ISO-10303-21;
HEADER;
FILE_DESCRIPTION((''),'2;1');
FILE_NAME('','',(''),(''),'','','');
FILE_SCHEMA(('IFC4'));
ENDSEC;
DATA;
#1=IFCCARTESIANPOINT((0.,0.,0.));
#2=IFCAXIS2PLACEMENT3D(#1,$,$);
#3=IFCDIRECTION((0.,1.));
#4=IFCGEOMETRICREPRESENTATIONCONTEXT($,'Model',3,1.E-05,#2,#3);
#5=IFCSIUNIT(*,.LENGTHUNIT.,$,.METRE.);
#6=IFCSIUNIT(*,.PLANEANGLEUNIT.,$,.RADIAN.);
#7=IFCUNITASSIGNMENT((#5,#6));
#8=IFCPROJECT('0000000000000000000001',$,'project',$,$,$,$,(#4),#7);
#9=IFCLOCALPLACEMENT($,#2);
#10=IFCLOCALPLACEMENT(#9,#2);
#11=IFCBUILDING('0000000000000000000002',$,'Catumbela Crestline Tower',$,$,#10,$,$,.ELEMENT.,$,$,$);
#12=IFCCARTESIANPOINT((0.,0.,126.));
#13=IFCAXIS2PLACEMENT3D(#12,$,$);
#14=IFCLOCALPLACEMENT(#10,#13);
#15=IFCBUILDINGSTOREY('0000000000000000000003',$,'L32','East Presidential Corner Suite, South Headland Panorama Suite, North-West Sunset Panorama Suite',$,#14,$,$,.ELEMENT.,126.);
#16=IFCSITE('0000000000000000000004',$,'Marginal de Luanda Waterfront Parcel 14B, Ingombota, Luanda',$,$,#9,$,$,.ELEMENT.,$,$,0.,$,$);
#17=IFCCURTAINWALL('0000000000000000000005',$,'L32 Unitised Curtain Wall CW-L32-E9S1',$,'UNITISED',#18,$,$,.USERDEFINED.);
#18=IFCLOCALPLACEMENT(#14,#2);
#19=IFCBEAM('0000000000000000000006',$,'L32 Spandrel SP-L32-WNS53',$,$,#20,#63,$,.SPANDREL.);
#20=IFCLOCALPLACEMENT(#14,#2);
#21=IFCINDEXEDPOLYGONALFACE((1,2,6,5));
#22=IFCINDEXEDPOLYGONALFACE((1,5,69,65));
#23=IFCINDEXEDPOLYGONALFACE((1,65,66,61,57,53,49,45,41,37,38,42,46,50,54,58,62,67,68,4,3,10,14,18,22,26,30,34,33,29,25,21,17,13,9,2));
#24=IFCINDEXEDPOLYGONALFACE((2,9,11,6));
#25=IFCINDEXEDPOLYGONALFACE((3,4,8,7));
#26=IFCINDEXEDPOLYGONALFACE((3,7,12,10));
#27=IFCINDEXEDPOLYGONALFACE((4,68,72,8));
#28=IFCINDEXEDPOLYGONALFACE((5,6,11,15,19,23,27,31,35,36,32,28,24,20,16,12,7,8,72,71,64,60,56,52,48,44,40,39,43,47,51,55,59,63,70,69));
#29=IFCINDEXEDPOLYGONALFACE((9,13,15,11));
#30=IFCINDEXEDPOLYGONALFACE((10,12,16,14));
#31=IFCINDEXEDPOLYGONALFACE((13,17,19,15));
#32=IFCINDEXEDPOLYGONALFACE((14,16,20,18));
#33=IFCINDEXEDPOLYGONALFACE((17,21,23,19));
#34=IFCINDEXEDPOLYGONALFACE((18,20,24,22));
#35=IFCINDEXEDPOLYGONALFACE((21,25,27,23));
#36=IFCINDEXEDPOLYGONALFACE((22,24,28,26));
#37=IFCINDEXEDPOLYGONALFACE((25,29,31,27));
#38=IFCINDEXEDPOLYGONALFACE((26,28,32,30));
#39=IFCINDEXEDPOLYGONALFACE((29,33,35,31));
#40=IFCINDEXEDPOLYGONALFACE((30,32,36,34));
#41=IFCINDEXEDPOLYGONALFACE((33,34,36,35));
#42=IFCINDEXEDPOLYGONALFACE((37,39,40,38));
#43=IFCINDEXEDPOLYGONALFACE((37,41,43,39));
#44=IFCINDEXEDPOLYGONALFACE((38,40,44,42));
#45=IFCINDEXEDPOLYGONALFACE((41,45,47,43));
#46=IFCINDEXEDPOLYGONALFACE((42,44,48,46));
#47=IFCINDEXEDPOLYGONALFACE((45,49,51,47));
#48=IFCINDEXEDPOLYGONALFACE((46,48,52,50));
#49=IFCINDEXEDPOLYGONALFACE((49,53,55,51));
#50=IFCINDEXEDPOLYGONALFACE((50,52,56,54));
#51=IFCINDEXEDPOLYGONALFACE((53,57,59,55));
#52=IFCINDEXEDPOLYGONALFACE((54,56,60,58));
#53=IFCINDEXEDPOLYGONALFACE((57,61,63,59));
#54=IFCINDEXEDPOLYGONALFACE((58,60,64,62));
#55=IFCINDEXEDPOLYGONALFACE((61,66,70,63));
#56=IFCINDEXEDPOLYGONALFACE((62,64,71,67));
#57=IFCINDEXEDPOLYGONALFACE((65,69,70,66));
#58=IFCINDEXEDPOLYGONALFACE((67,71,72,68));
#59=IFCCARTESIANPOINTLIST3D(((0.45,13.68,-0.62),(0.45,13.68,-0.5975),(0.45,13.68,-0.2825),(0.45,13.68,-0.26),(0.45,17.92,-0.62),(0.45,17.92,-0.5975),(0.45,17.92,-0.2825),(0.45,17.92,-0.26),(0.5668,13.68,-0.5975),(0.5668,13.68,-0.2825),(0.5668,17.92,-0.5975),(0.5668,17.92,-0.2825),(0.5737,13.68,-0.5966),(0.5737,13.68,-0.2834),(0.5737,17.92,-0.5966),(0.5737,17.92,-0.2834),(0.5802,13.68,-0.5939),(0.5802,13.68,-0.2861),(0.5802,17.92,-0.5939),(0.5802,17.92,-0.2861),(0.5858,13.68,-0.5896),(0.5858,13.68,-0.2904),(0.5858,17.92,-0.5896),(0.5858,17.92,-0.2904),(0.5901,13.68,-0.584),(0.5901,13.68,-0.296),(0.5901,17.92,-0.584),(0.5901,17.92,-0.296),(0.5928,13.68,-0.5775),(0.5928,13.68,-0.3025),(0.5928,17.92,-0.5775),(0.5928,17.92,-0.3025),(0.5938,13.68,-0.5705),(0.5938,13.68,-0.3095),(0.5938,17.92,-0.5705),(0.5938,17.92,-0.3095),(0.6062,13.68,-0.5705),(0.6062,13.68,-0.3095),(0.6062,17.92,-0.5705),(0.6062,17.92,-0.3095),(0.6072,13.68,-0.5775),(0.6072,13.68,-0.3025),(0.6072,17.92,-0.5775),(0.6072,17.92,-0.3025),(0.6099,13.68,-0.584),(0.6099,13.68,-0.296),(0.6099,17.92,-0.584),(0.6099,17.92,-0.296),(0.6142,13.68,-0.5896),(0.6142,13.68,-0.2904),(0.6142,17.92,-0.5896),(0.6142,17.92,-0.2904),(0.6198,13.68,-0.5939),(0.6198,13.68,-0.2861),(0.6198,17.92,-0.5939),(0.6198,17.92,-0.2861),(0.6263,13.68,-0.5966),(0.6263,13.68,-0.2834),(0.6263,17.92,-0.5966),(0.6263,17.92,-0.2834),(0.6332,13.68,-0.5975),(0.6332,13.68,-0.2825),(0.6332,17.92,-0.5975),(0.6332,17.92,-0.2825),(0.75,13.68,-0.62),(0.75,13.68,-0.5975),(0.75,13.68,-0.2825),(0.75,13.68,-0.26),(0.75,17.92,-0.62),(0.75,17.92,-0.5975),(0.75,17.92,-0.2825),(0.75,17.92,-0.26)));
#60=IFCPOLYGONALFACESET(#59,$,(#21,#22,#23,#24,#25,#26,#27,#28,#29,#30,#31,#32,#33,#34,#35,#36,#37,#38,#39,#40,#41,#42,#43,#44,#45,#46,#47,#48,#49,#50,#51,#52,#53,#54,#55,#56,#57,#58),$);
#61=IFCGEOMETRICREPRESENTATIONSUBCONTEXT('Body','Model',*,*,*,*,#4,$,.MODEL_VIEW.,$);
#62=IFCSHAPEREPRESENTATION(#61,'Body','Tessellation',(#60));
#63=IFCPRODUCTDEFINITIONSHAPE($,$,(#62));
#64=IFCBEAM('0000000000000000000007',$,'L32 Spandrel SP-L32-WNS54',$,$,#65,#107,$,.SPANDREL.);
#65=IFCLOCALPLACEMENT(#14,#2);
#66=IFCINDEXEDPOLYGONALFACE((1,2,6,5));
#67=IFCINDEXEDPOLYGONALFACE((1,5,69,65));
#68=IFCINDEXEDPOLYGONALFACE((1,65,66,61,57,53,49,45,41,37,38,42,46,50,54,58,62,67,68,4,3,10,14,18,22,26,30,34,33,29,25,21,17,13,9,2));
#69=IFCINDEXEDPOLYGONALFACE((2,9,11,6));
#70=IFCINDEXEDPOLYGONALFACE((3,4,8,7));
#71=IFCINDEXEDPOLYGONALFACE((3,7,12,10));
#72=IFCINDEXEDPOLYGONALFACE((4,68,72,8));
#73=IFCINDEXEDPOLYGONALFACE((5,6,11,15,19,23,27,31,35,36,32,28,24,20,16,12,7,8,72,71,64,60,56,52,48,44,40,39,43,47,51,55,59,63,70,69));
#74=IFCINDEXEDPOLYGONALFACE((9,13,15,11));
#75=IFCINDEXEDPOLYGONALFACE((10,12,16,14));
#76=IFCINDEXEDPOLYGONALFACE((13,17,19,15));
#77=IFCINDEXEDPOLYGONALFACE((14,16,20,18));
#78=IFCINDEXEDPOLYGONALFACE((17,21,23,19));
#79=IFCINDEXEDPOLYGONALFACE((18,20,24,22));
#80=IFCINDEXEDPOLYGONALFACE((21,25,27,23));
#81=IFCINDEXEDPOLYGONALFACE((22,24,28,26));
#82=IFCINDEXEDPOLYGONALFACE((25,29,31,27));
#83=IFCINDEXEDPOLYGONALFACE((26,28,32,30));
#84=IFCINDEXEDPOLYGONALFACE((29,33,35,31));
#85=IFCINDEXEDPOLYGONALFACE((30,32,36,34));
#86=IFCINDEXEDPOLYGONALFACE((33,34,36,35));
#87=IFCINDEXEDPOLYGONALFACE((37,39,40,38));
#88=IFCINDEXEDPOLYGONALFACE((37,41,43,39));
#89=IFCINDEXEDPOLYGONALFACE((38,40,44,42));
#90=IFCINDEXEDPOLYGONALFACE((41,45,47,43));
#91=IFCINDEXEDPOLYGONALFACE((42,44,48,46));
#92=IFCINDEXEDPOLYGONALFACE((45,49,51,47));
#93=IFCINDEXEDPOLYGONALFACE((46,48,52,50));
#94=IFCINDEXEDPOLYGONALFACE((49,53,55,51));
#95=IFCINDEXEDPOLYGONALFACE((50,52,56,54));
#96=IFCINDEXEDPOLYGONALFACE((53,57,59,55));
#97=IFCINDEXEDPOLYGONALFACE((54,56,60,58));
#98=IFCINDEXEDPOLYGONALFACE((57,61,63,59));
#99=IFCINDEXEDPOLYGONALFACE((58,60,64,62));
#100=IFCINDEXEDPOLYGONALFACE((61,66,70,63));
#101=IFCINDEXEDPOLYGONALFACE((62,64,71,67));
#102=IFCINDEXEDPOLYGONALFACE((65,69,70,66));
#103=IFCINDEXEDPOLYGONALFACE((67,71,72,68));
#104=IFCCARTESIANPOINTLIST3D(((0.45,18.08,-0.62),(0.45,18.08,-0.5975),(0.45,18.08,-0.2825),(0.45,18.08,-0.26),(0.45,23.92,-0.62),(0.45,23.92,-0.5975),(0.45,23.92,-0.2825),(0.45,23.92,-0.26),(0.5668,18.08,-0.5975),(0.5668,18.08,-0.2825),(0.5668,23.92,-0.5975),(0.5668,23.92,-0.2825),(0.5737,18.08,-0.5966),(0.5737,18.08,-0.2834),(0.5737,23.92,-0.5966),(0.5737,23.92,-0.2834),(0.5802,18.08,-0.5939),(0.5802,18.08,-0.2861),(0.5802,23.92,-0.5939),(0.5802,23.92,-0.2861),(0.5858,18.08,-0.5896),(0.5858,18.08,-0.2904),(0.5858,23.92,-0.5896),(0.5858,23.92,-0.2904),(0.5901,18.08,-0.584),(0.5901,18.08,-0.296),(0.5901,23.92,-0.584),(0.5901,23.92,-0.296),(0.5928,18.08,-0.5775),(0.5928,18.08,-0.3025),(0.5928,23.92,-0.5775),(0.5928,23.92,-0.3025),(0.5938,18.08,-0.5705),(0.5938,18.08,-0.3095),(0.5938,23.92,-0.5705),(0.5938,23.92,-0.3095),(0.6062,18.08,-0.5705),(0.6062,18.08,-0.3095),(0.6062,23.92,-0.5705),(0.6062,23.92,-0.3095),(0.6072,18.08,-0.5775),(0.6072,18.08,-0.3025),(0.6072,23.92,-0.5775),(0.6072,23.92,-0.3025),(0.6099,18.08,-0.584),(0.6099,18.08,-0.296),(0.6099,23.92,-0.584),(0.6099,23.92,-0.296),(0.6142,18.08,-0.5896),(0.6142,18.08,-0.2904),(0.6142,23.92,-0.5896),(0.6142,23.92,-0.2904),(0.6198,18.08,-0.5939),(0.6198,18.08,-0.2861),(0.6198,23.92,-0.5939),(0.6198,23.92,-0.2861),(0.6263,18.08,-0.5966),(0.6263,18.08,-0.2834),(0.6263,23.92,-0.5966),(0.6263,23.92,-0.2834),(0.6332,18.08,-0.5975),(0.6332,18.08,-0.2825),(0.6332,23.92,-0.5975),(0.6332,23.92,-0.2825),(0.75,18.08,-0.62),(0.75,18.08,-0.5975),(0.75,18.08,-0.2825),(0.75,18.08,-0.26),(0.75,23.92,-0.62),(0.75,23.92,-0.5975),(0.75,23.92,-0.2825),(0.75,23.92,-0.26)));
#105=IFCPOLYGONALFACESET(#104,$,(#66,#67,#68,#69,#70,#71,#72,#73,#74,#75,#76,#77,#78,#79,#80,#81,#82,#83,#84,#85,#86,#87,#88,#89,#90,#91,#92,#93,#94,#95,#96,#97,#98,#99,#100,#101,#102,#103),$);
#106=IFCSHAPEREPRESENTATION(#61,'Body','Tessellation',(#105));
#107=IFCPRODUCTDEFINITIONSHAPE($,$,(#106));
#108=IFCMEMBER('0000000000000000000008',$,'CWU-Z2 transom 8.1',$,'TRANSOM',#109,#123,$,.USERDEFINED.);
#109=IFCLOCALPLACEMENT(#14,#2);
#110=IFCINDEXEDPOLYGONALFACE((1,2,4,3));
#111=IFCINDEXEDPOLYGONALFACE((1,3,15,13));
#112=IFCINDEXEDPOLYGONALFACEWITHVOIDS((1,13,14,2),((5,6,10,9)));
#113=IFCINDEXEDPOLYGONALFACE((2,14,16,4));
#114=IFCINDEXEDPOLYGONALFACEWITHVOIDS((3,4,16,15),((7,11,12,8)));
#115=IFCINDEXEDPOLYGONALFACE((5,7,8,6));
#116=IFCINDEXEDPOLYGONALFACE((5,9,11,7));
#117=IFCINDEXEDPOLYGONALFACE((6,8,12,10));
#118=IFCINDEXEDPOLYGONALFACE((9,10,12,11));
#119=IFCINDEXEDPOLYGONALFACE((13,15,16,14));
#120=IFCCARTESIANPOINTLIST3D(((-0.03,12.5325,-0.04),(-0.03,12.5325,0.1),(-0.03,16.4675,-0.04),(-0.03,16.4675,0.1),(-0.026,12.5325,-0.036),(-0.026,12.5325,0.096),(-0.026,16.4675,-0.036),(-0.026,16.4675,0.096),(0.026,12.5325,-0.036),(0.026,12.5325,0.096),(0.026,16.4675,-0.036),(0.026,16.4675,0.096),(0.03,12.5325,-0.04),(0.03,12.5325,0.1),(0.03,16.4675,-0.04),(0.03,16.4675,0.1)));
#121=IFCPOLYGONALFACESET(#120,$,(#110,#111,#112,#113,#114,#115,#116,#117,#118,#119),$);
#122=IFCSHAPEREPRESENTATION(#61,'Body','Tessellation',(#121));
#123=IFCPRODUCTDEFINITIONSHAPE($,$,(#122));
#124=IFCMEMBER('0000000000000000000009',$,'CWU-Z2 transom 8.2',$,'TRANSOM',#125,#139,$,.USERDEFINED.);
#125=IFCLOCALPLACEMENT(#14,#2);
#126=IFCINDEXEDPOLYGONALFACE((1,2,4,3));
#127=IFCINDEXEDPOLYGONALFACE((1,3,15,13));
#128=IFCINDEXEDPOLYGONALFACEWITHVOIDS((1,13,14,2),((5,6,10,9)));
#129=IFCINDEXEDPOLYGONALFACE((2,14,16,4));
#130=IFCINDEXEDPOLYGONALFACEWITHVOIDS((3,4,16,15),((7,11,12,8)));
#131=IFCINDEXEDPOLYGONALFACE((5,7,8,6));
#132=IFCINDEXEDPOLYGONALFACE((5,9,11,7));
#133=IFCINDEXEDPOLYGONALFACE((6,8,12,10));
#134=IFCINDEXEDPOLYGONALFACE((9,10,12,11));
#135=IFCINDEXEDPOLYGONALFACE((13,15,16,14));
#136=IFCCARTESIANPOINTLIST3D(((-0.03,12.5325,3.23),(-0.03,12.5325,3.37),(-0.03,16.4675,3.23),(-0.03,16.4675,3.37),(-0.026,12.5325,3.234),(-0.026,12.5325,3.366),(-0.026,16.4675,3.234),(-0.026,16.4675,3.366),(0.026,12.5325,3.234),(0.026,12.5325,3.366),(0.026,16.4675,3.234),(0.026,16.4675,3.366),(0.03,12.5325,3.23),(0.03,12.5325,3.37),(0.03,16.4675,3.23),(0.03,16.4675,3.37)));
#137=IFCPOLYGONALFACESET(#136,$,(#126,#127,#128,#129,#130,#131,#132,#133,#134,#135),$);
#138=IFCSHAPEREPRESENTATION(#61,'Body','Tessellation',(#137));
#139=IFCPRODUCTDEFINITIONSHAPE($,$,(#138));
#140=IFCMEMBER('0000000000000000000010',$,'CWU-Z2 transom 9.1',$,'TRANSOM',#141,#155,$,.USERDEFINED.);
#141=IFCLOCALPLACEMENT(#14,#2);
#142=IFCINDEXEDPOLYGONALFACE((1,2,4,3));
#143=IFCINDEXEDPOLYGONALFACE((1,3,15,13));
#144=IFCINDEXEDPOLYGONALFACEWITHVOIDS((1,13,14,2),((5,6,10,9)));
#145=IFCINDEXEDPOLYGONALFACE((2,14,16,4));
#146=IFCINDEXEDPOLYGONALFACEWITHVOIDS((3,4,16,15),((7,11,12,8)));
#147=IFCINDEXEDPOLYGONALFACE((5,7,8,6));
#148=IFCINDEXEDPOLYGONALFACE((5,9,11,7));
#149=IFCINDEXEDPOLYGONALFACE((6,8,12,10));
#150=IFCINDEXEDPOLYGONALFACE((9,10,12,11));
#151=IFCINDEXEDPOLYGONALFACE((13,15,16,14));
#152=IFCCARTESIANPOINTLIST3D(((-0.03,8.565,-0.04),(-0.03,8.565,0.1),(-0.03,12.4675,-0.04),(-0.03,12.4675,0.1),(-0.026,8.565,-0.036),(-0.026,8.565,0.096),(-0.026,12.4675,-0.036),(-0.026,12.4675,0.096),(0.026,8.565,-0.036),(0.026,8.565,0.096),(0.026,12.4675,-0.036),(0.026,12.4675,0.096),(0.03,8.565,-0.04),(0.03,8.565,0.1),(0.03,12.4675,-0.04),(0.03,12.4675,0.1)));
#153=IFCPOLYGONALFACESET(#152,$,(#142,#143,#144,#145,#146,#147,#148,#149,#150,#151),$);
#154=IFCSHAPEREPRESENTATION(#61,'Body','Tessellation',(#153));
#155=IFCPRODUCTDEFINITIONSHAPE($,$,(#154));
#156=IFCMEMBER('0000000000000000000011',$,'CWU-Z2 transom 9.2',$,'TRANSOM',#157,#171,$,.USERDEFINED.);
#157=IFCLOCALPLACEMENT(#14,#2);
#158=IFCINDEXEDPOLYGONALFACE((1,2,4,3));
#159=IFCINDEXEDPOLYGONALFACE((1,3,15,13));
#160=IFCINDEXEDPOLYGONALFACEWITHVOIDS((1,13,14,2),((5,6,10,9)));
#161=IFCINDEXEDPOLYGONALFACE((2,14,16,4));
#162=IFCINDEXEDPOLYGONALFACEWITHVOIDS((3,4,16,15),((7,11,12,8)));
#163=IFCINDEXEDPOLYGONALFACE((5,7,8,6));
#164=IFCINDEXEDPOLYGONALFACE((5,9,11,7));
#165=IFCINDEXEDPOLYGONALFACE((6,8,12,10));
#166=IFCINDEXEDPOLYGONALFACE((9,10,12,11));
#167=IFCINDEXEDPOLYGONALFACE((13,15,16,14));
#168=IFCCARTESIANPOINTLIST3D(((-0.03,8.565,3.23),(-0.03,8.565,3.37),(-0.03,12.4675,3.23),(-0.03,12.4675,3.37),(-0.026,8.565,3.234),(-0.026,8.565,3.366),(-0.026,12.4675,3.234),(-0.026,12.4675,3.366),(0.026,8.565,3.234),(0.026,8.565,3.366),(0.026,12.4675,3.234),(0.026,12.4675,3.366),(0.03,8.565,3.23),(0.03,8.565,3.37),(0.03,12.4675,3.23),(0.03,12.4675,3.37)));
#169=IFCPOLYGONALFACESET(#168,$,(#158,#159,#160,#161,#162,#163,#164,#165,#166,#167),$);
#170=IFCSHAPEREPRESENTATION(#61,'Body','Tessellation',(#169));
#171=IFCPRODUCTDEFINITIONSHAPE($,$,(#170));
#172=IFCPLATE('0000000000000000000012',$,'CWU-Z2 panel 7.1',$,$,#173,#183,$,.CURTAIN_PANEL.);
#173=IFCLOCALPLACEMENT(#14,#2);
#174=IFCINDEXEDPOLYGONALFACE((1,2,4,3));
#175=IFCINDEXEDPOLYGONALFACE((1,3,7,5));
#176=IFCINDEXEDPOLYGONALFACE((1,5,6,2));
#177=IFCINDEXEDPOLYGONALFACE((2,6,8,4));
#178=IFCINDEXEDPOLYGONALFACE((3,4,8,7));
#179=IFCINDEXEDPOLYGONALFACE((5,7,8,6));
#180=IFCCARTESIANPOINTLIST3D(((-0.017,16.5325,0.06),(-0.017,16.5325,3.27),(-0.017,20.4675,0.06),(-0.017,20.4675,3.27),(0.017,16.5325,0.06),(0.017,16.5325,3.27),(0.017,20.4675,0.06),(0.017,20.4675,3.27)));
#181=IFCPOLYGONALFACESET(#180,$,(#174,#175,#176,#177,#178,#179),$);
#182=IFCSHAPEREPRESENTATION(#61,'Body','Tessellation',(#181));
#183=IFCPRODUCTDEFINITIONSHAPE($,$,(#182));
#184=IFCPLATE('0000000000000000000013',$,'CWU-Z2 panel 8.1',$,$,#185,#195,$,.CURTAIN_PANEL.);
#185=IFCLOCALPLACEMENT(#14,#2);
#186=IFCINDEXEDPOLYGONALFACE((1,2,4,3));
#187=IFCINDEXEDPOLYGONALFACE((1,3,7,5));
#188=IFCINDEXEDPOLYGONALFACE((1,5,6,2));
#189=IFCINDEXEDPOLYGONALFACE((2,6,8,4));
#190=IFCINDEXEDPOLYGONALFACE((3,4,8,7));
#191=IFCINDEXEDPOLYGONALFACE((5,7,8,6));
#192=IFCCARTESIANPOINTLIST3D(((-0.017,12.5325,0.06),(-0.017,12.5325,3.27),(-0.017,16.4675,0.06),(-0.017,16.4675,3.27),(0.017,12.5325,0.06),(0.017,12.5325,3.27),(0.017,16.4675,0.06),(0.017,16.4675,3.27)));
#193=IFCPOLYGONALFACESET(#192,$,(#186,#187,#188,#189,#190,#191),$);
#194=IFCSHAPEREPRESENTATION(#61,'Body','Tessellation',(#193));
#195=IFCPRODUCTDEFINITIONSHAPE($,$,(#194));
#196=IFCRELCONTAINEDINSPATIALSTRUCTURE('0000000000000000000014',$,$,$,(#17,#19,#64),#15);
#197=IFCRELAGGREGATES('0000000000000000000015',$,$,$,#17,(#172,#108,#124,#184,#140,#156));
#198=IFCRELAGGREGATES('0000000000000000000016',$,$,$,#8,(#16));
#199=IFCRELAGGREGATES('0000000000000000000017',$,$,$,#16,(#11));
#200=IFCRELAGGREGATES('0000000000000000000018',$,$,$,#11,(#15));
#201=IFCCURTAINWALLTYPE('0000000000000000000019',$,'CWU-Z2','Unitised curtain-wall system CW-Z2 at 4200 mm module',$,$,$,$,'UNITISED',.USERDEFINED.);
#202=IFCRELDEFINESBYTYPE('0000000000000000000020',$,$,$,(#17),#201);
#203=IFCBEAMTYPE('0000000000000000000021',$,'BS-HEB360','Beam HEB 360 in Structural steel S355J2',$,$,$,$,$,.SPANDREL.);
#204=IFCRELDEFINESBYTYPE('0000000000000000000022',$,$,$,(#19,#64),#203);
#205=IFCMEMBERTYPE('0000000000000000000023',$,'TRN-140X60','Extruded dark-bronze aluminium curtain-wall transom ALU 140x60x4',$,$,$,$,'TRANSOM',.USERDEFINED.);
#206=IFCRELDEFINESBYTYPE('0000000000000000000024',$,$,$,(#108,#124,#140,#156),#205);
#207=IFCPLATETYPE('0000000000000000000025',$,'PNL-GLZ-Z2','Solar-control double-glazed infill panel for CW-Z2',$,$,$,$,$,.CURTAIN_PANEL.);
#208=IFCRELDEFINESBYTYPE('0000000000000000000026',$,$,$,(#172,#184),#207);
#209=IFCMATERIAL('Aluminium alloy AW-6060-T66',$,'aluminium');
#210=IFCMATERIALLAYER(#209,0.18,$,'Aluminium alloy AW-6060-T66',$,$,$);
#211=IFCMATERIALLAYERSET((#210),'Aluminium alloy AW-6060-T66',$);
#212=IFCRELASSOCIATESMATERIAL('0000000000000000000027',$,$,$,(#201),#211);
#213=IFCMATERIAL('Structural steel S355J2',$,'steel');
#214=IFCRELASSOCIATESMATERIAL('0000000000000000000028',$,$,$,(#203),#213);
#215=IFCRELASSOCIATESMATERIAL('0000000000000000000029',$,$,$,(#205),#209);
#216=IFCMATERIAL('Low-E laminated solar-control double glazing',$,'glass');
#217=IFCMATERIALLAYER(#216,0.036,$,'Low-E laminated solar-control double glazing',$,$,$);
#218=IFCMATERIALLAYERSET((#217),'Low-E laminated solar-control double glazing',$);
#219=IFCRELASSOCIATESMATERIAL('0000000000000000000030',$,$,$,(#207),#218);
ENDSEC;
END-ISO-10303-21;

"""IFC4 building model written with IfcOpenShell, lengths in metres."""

from ifc_helpers import new_model, si_unit, direction, frame, origin, origin_2d, place, context, subcontext, project, spatial, rectangle, hollow_rectangle, i_section, extrude, material, layer, layer_set, material_profile, profile_set, type_object, element, aggregate, save


model = new_model("IFC4")

# Units and contexts
model_context = context("Model", 3, precision=1e-05, world=origin(), true_north=direction((0.0, 1.0)))
body_context = subcontext(model_context, "Body", "Model", "MODEL_VIEW")
ifc_project = project(units=[si_unit("LENGTHUNIT", "METRE"), si_unit("PLANEANGLEUNIT", "RADIAN")], contexts=[model_context])

# Site, building, storey
site_placement = place(None, origin())
site = spatial("IfcSite", under=ifc_project, at=site_placement, Name="Marginal de Luanda Waterfront Parcel 14B, Ingombota, Luanda", CompositionType="ELEMENT", RefElevation=0.0)
building_placement = place(site_placement, origin())
building = spatial("IfcBuilding", under=site, at=building_placement, Name="Catumbela Crestline Tower", CompositionType="ELEMENT")
storey_placement = place(building_placement, frame((0.0, 0.0, 126.0)))
storey = spatial("IfcBuildingStorey", under=building, at=storey_placement, Name="L32", Description="East Presidential Corner Suite, South Headland Panorama Suite, North-West Sunset Panorama Suite", CompositionType="ELEMENT", Elevation=126.0)

# Shared definitions
ifc_material_1 = material(Name="Structural steel S355J2", Category="steel")

# Curtain wall
ifc_material_2 = material(Name="Aluminium alloy AW-6060-T66", Category="aluminium")
ifc_layer_1 = layer(ifc_material_2, 0.18, Name="Aluminium alloy AW-6060-T66")
ifc_layer_set_1 = layer_set([ifc_layer_1], Name="Aluminium alloy AW-6060-T66")
curtain_wall_type = type_object("IfcCurtainWallType", Name="CWU-Z2", Description="Unitised curtain-wall system CW-Z2 at 4200 mm module", ElementType="UNITISED", PredefinedType="USERDEFINED", material=ifc_layer_set_1)
curtain_wall_placement = place(storey_placement, origin())
curtain_wall = element("IfcCurtainWall", 1, at=curtain_wall_placement, inside=storey, type_object=curtain_wall_type, Name="L32 Unitised Curtain Wall CW-L32-E9S1", ObjectType="UNITISED", PredefinedType="USERDEFINED")

# Beams
ifc_material_profile_1 = material_profile(ifc_material_1, i_section(OverallWidth=0.3, OverallDepth=0.36, WebThickness=0.0125, FlangeThickness=0.0225, FilletRadius=0.027, at=origin_2d()), Name="HEB 360")
ifc_profile_set_1 = profile_set([ifc_material_profile_1], Name="Structural steel S355J2")
beam_type_1 = type_object("IfcBeamType", Name="BS-HEB360", Description="Beam HEB 360 in Structural steel S355J2", PredefinedType="SPANDREL", material=ifc_profile_set_1)
beam_1_placement = place(storey_placement, frame((0.6, 13.68, -0.44), z_axis=(0.0, 1.0, 0.0), x_axis=(-1.0, 0.0, 0.0)))
element("IfcBeam", 2, at=beam_1_placement, inside=storey, type_object=beam_type_1, Name="L32 Spandrel SP-L32-WNS53", PredefinedType="SPANDREL", context=body_context, shape_type="SweptSolid", body=[
    extrude(i_section(OverallWidth=0.3, OverallDepth=0.36, WebThickness=0.0125, FlangeThickness=0.0225, FilletRadius=0.027, at=origin_2d()), origin(), (0.0, 0.0, 1.0), 4.24),
])
beam_2_placement = place(storey_placement, frame((0.6, 18.08, -0.44), z_axis=(0.0, 1.0, 0.0), x_axis=(-1.0, 0.0, 0.0)))
element("IfcBeam", 3, at=beam_2_placement, inside=storey, type_object=beam_type_1, Name="L32 Spandrel SP-L32-WNS54", PredefinedType="SPANDREL", context=body_context, shape_type="SweptSolid", body=[
    extrude(i_section(OverallWidth=0.3, OverallDepth=0.36, WebThickness=0.0125, FlangeThickness=0.0225, FilletRadius=0.027, at=origin_2d()), origin(), (0.0, 0.0, 1.0), 5.84),
])

# Members
ifc_material_profile_2 = material_profile(ifc_material_2, hollow_rectangle(XDim=0.06, YDim=0.14, WallThickness=0.004, at=origin_2d()), Name="ALU 140x60x4")
ifc_profile_set_2 = profile_set([ifc_material_profile_2], Name="Aluminium alloy AW-6060-T66")
member_type_1 = type_object("IfcMemberType", Name="TRN-140X60", Description="Extruded dark-bronze aluminium curtain-wall transom ALU 140x60x4", ElementType="TRANSOM", PredefinedType="USERDEFINED", material=ifc_profile_set_2)
member_1_placement = place(storey_placement, frame((0.0, 16.4675, 0.03), z_axis=(0.0, -1.0, 0.0), x_axis=(1.0, 0.0, 0.0)))
member_1 = element("IfcMember", 4, at=member_1_placement, type_object=member_type_1, Name="CWU-Z2 transom 8.1", ObjectType="TRANSOM", PredefinedType="USERDEFINED", context=body_context, shape_type="SweptSolid", body=[
    extrude(hollow_rectangle(XDim=0.06, YDim=0.14, WallThickness=0.004, at=origin_2d()), origin(), (0.0, 0.0, 1.0), 3.935),
])
member_2_placement = place(storey_placement, frame((0.0, 16.4675, 3.3), z_axis=(0.0, -1.0, 0.0), x_axis=(1.0, 0.0, 0.0)))
member_2 = element("IfcMember", 5, at=member_2_placement, type_object=member_type_1, Name="CWU-Z2 transom 8.2", ObjectType="TRANSOM", PredefinedType="USERDEFINED", context=body_context, shape_type="SweptSolid", body=[
    extrude(hollow_rectangle(XDim=0.06, YDim=0.14, WallThickness=0.004, at=origin_2d()), origin(), (0.0, 0.0, 1.0), 3.935),
])
member_3_placement = place(storey_placement, frame((0.0, 12.4675, 0.03), z_axis=(0.0, -1.0, 0.0), x_axis=(1.0, 0.0, 0.0)))
member_3 = element("IfcMember", 6, at=member_3_placement, type_object=member_type_1, Name="CWU-Z2 transom 9.1", ObjectType="TRANSOM", PredefinedType="USERDEFINED", context=body_context, shape_type="SweptSolid", body=[
    extrude(hollow_rectangle(XDim=0.06, YDim=0.14, WallThickness=0.004, at=origin_2d()), origin(), (0.0, 0.0, 1.0), 3.9025),
])
member_4_placement = place(storey_placement, frame((0.0, 12.4675, 3.3), z_axis=(0.0, -1.0, 0.0), x_axis=(1.0, 0.0, 0.0)))
member_4 = element("IfcMember", 7, at=member_4_placement, type_object=member_type_1, Name="CWU-Z2 transom 9.2", ObjectType="TRANSOM", PredefinedType="USERDEFINED", context=body_context, shape_type="SweptSolid", body=[
    extrude(hollow_rectangle(XDim=0.06, YDim=0.14, WallThickness=0.004, at=origin_2d()), origin(), (0.0, 0.0, 1.0), 3.9025),
])

# Plates
ifc_material_3 = material(Name="Low-E laminated solar-control double glazing", Category="glass")
ifc_layer_2 = layer(ifc_material_3, 0.036, Name="Low-E laminated solar-control double glazing")
ifc_layer_set_2 = layer_set([ifc_layer_2], Name="Low-E laminated solar-control double glazing")
plate_type = type_object("IfcPlateType", Name="PNL-GLZ-Z2", Description="Solar-control double-glazed infill panel for CW-Z2", PredefinedType="CURTAIN_PANEL", material=ifc_layer_set_2)
plate_1_placement = place(storey_placement, frame((0.0, 18.5, 0.06), z_axis=(0.0, 0.0, 1.0), x_axis=(0.0, -1.0, 0.0)))
plate_1 = element("IfcPlate", 8, at=plate_1_placement, type_object=plate_type, Name="CWU-Z2 panel 7.1", PredefinedType="CURTAIN_PANEL", context=body_context, shape_type="SweptSolid", body=[
    extrude(rectangle(XDim=3.935, YDim=0.034, at=origin_2d()), origin(), (0.0, 0.0, 1.0), 3.21),
])
plate_2_placement = place(storey_placement, frame((0.0, 14.5, 0.06), z_axis=(0.0, 0.0, 1.0), x_axis=(0.0, -1.0, 0.0)))
plate_2 = element("IfcPlate", 9, at=plate_2_placement, type_object=plate_type, Name="CWU-Z2 panel 8.1", PredefinedType="CURTAIN_PANEL", context=body_context, shape_type="SweptSolid", body=[
    extrude(rectangle(XDim=3.935, YDim=0.034, at=origin_2d()), origin(), (0.0, 0.0, 1.0), 3.21),
])
aggregate(curtain_wall, [plate_1, member_1, member_2, plate_2, member_3, member_4])

save(model, "model.ifc")
